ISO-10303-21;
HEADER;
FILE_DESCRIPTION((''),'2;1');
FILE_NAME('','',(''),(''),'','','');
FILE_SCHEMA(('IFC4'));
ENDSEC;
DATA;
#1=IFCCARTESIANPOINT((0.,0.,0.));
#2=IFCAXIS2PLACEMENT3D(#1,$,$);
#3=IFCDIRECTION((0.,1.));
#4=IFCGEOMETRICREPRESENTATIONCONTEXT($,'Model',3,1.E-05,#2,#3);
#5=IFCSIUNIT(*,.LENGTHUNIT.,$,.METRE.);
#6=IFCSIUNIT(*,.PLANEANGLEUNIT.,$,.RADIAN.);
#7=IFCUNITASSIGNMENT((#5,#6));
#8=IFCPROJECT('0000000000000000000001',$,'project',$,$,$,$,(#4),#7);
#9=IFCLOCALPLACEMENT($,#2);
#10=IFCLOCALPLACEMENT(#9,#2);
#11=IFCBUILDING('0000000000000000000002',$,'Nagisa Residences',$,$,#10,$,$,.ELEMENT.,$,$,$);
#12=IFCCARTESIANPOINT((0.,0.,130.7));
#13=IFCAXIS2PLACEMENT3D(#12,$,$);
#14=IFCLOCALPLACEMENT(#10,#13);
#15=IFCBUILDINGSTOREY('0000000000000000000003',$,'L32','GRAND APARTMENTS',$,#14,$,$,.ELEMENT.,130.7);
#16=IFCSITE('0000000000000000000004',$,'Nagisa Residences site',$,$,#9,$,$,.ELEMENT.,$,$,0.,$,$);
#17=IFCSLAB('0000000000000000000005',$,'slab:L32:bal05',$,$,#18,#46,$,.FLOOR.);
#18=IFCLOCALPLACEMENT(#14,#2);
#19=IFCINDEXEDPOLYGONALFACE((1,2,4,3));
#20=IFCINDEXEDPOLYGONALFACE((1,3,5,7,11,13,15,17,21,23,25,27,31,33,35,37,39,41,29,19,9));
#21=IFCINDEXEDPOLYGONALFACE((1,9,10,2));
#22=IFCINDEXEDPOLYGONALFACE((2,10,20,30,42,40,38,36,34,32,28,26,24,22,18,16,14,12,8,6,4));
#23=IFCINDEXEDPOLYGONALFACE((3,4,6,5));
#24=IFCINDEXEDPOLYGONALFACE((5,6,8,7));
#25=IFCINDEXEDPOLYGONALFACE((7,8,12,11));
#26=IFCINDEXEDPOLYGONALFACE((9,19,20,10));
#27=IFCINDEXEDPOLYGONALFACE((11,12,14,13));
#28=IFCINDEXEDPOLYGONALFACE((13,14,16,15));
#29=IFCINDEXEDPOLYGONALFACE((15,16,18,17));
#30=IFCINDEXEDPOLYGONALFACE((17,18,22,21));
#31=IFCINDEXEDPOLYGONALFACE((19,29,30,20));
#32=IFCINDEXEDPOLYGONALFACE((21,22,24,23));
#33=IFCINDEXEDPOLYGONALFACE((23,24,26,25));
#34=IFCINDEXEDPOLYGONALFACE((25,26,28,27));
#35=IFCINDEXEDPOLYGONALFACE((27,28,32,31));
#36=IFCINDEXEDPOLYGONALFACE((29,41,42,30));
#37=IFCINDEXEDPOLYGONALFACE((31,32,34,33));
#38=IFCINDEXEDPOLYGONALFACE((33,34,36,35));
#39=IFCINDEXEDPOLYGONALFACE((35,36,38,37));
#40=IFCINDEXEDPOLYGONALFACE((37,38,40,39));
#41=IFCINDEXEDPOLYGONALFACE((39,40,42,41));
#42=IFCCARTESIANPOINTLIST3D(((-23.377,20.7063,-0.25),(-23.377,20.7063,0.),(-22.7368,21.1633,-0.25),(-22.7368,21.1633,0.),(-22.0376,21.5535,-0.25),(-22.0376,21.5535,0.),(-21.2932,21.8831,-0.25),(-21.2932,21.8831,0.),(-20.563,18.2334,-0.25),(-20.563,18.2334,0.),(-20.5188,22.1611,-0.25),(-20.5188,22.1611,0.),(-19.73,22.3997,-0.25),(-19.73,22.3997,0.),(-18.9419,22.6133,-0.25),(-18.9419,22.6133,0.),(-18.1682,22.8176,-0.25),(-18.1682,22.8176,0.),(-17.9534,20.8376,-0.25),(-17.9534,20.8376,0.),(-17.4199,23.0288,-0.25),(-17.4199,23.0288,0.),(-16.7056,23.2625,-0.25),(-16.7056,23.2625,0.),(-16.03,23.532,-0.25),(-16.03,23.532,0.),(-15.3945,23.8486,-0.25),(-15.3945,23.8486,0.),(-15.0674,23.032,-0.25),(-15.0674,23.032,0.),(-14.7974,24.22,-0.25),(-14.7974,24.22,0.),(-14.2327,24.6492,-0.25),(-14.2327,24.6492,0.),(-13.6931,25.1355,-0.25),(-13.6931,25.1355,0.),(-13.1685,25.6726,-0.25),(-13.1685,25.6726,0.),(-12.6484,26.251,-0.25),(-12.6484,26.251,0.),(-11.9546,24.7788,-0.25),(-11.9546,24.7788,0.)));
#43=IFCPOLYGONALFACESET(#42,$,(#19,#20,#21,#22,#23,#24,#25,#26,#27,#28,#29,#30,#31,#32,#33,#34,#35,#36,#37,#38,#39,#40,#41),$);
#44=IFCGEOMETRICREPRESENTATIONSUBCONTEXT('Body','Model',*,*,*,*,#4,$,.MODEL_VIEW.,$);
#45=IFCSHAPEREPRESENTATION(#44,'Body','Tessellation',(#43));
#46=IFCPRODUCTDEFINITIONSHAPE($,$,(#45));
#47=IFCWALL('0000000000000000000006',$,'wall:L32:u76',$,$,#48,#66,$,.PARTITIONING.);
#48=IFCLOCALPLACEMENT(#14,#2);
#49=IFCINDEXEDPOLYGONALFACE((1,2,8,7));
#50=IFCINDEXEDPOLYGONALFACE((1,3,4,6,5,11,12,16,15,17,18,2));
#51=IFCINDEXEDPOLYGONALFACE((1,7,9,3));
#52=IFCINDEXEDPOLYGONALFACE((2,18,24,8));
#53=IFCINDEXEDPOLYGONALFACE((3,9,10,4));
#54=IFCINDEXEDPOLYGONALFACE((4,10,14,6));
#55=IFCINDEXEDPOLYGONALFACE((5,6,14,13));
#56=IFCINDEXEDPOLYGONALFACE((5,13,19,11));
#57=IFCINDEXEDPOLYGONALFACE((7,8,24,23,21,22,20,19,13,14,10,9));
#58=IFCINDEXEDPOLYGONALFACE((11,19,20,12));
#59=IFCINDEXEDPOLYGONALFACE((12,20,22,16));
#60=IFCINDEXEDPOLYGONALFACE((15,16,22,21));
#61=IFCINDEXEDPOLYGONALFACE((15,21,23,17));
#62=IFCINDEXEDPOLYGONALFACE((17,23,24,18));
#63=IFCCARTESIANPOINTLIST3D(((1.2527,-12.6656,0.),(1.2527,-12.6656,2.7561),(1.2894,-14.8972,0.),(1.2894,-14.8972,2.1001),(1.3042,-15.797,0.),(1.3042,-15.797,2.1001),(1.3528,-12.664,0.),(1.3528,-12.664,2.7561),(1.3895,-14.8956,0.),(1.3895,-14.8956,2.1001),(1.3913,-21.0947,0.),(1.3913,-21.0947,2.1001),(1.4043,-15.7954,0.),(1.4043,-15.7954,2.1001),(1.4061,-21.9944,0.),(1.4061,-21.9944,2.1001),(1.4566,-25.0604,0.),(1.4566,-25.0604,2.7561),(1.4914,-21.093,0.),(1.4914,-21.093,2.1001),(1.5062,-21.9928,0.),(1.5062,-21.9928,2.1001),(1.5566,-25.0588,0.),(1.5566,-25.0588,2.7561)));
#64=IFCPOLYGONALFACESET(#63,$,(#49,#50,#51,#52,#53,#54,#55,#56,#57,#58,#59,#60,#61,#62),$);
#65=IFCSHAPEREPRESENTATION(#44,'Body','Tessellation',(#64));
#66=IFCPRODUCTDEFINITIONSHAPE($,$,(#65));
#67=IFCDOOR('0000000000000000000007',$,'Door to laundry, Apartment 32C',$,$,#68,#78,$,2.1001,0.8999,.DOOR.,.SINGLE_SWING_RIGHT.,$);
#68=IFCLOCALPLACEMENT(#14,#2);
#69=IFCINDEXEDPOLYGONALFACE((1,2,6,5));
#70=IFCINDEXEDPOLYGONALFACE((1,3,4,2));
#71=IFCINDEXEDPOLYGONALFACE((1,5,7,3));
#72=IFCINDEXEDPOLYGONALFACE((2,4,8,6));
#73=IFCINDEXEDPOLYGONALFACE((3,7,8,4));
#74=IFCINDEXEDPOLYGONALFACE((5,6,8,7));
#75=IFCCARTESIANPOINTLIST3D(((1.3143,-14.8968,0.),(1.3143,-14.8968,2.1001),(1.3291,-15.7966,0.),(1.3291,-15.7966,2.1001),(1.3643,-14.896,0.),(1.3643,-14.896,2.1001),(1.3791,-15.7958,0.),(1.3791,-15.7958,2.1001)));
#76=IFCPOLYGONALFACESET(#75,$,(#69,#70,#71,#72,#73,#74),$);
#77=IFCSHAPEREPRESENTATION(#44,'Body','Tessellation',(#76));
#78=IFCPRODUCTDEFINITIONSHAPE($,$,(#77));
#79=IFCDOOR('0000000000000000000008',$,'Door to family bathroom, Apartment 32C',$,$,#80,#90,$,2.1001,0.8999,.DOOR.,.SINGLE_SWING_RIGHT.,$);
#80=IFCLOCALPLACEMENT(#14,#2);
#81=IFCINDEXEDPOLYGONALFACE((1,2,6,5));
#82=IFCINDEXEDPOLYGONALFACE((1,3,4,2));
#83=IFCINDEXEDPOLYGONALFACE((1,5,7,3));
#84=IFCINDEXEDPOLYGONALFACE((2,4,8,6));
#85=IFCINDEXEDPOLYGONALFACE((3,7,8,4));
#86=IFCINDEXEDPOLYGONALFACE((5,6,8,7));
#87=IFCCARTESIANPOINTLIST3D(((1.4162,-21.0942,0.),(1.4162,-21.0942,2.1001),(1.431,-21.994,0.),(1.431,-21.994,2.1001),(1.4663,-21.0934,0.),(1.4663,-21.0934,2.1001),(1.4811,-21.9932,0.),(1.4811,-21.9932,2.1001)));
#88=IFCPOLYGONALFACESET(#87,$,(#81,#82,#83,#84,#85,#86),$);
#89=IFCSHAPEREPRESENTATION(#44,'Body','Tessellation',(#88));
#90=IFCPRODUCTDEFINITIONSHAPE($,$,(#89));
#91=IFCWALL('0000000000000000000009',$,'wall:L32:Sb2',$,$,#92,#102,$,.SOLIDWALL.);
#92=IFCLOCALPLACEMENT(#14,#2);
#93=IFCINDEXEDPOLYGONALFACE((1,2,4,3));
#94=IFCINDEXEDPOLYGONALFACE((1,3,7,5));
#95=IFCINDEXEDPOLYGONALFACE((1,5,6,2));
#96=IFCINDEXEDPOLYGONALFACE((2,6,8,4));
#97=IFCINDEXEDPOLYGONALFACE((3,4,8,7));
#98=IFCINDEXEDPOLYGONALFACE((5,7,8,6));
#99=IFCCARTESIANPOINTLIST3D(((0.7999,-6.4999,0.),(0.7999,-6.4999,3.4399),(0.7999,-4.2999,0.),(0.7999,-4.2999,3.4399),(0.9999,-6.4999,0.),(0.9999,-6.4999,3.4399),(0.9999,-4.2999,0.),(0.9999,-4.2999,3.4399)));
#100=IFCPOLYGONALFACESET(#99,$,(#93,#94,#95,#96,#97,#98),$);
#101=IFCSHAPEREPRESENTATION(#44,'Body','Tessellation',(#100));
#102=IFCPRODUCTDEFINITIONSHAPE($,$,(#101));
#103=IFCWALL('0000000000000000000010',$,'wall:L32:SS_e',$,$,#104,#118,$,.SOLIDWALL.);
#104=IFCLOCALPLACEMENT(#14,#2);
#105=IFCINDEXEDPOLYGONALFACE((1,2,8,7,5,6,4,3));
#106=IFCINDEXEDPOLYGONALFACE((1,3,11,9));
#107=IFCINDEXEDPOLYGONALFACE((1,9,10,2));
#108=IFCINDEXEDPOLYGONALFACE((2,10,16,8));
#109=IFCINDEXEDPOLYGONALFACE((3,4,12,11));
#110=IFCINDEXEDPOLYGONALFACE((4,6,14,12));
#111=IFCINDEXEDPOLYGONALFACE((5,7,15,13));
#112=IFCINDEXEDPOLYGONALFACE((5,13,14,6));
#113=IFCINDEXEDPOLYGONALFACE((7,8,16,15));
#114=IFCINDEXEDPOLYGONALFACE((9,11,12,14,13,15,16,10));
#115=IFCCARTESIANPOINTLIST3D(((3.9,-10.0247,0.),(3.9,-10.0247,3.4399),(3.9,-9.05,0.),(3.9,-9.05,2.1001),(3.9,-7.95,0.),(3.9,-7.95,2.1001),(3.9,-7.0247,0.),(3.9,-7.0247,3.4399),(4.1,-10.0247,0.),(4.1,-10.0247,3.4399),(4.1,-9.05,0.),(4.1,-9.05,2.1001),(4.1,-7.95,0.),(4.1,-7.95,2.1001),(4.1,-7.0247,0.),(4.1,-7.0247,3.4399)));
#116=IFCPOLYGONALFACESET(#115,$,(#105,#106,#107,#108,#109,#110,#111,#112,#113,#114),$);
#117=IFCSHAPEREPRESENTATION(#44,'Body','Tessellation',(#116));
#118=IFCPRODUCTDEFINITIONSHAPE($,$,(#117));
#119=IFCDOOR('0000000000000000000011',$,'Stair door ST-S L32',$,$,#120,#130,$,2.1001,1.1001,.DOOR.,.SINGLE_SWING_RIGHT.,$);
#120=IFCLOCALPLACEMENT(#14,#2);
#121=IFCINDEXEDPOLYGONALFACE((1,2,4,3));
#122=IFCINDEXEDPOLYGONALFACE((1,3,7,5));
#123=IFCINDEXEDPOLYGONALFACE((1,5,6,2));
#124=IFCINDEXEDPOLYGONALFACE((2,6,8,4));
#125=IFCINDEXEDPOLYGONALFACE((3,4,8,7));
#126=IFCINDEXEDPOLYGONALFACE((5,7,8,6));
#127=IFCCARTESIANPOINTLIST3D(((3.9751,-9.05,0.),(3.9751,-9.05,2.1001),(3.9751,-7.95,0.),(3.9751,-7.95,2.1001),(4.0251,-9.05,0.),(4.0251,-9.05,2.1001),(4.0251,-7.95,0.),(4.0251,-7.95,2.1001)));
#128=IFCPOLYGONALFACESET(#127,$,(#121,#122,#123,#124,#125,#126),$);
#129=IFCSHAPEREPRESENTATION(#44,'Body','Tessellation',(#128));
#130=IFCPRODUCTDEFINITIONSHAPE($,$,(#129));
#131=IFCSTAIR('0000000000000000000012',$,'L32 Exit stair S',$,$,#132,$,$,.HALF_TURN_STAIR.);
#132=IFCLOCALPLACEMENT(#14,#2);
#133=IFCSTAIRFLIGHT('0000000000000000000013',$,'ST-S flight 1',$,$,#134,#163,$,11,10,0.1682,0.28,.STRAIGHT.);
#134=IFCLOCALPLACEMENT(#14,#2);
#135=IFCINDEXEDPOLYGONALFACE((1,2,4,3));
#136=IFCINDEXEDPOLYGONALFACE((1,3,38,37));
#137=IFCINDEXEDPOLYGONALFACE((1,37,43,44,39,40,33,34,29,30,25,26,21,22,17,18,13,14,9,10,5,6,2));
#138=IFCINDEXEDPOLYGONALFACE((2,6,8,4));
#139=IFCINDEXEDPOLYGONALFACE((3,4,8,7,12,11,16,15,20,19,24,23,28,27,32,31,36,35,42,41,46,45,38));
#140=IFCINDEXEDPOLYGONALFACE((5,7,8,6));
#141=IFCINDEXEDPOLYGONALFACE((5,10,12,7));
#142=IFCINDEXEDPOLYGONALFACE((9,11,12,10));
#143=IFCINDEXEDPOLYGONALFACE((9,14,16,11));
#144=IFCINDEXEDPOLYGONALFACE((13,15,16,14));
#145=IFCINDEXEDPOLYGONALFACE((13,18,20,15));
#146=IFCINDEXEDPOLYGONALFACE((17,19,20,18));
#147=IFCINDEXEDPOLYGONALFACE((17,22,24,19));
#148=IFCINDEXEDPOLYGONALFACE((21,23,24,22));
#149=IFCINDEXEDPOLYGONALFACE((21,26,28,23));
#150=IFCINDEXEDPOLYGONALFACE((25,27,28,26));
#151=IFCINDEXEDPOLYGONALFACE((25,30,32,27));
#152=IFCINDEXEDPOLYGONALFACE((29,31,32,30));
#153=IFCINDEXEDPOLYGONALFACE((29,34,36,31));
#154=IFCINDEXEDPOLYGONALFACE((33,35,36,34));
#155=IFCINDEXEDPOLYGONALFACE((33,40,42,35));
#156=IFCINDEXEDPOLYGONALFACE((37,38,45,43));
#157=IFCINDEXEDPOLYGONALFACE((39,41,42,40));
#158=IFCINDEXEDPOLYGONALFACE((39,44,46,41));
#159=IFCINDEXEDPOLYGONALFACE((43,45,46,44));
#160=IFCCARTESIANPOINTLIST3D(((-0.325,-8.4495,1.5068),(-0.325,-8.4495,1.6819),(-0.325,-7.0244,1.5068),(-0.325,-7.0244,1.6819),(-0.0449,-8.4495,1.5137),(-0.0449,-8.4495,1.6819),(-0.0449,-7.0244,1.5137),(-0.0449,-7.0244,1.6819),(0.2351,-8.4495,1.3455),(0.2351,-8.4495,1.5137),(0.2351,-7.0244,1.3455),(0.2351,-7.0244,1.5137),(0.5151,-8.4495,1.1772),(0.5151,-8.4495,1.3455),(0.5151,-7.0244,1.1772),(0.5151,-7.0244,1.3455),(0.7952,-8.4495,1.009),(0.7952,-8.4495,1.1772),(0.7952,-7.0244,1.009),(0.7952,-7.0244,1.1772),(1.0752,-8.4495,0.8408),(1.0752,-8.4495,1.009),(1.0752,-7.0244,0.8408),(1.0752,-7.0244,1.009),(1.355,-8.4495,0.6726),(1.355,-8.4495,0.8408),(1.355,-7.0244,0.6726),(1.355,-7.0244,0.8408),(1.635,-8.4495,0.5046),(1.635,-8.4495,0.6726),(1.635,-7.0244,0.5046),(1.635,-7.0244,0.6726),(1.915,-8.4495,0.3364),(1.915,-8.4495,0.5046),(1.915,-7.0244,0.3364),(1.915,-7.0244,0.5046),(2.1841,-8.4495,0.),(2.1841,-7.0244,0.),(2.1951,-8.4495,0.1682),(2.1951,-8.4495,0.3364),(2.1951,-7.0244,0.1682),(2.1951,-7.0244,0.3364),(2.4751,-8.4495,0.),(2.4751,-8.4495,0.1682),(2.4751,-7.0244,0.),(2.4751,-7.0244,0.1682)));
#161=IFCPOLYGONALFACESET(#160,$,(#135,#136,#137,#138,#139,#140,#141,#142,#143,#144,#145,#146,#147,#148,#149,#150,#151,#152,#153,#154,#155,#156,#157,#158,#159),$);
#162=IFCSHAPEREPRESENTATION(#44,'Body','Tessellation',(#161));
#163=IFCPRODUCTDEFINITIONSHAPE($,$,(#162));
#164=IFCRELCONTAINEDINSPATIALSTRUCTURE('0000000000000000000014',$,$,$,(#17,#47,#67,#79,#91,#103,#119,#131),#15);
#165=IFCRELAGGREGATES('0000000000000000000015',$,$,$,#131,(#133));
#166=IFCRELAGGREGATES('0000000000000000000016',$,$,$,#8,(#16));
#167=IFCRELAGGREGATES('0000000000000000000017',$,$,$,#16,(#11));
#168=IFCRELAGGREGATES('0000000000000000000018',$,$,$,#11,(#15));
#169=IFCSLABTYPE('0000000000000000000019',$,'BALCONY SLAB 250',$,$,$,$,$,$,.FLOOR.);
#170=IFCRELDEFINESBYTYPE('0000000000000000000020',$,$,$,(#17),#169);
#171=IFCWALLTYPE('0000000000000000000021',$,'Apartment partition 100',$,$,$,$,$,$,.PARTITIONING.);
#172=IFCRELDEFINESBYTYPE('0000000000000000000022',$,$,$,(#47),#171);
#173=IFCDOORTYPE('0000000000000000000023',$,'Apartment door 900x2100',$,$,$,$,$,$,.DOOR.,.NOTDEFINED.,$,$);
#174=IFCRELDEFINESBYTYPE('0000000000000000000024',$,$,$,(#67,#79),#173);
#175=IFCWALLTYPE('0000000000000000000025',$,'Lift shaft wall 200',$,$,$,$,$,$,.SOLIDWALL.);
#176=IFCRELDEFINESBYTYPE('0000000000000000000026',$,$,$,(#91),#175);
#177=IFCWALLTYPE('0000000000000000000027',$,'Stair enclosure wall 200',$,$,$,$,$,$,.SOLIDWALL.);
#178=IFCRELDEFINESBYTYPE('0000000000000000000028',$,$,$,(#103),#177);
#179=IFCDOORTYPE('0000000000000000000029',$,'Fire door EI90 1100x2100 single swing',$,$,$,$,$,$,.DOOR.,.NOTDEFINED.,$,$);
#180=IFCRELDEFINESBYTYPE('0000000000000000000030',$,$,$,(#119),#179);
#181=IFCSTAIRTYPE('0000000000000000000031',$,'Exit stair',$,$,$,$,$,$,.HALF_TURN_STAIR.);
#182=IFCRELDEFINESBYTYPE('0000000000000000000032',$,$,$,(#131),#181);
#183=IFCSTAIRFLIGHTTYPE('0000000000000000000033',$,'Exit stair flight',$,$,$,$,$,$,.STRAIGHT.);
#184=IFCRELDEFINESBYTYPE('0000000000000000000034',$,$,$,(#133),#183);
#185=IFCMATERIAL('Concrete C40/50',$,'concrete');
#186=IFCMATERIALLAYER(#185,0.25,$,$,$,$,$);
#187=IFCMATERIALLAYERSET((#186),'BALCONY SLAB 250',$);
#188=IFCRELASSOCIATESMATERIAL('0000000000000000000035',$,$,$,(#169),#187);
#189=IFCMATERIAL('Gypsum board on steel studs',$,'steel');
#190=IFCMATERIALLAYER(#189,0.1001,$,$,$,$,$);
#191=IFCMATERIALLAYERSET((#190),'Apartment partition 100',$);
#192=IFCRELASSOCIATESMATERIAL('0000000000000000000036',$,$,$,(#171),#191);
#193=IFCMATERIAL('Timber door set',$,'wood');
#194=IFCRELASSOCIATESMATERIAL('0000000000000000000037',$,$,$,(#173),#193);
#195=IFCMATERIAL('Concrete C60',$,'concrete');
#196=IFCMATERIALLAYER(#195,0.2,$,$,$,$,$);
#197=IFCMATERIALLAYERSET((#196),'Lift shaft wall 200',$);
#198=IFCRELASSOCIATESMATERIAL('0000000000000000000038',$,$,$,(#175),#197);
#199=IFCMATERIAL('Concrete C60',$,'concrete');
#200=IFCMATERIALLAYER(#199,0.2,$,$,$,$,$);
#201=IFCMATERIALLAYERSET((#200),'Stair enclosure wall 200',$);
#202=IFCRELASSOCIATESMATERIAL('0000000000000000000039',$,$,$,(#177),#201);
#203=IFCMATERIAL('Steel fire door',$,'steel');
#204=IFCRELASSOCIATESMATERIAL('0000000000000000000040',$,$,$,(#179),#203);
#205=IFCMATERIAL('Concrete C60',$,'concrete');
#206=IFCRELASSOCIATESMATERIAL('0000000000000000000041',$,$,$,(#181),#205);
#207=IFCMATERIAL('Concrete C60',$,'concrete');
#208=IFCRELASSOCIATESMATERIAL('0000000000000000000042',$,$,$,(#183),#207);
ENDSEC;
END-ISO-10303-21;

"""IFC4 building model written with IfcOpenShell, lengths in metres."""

from ifc_helpers import new_model, si_unit, direction, frame, frame_2d, origin, place, context, subcontext, project, spatial, polyline, rectangle, outline, extrude, material, layer, layer_set, type_object, element, fill, aggregate, save


model = new_model("IFC4")

# Units and contexts
model_context = context("Model", 3, precision=1e-05, world=origin(), true_north=direction((0.0, 1.0)))
body_context = subcontext(model_context, "Body", "Model", "MODEL_VIEW")
ifc_project = project(units=[si_unit("LENGTHUNIT", "METRE"), si_unit("PLANEANGLEUNIT", "RADIAN")], contexts=[model_context])

# Site, building, storey
site_placement = place(None, origin())
site = spatial("IfcSite", under=ifc_project, at=site_placement, Name="Nagisa Residences site", CompositionType="ELEMENT", RefElevation=0.0)
building_placement = place(site_placement, origin())
building = spatial("IfcBuilding", under=site, at=building_placement, Name="Nagisa Residences", CompositionType="ELEMENT")
storey_placement = place(building_placement, frame((0.0, 0.0, 130.7)))
storey = spatial("IfcBuildingStorey", under=building, at=storey_placement, Name="L32", Description="GRAND APARTMENTS", CompositionType="ELEMENT", Elevation=130.7)

# Slab
ifc_material_1 = material(Name="Concrete C40/50", Category="concrete")
ifc_layer_1 = layer(ifc_material_1, 0.25)
ifc_layer_set_1 = layer_set([ifc_layer_1], Name="BALCONY SLAB 250")
slab_type = type_object("IfcSlabType", Name="BALCONY SLAB 250", PredefinedType="FLOOR", material=ifc_layer_set_1)
slab_1_placement = place(storey_placement, frame((0.0, 0.0, -0.25)))
element("IfcSlab", 1, at=slab_1_placement, inside=storey, type_object=slab_type, Name="slab:L32:bal05", PredefinedType="FLOOR", context=body_context, shape_type="SweptSolid", body=[
    extrude(outline(polyline([(-12.6484, 26.251), (-13.1685, 25.6726), (-13.6931, 25.1355), (-14.2327, 24.6492), (-14.7974, 24.22), (-15.3945, 23.8486), (-16.03, 23.532), (-16.7056, 23.2625), (-17.4199, 23.0288), (-18.1682, 22.8176), (-18.9419, 22.6133), (-19.73, 22.3997), (-20.5188, 22.1611), (-21.2932, 21.8831), (-22.0376, 21.5535), (-22.7368, 21.1633), (-23.377, 20.7063), (-20.563, 18.2334), (-17.9534, 20.8376), (-15.0674, 23.032), (-11.9546, 24.7788), (-12.6484, 26.251)])), origin(), (0.0, 0.0, 1.0), 0.25),
])

# Wall, openings, doors
ifc_material_2 = material(Name="Gypsum board on steel studs", Category="steel")
ifc_layer_2 = layer(ifc_material_2, 0.1001)
ifc_layer_set_2 = layer_set([ifc_layer_2], Name="Apartment partition 100")
wall_type_1 = type_object("IfcWallType", Name="Apartment partition 100", PredefinedType="PARTITIONING", material=ifc_layer_set_2)
wall_1_placement = place(storey_placement, frame((1.3027, -12.6648, 0.0), z_axis=(0.0, 0.0, 1.0), x_axis=(0.016445, -0.999865, 0.0)))
wall_1 = element("IfcWall", 2, at=wall_1_placement, inside=storey, type_object=wall_type_1, Name="wall:L32:u76", PredefinedType="PARTITIONING", context=body_context, shape_type="SweptSolid", body=[
    extrude(rectangle(XDim=12.3965, YDim=0.1001, at=frame_2d((6.1982, 0.0))), origin(), (0.0, 0.0, 1.0), 2.7561),
])
opening_1_placement = place(wall_1_placement, frame((2.2319, 0.0, 0.0)))
opening_1 = element("IfcOpeningElement", 3, at=opening_1_placement, cuts=wall_1, PredefinedType="OPENING", context=body_context, shape_type="SweptSolid", body=[
    extrude(rectangle(XDim=0.8999, YDim=2.1001, at=frame_2d((0.45, 1.05))), frame((0.0, 0.0601, 0.0), z_axis=(0.0, -1.0, 0.0), x_axis=(1.0, 0.0, 0.0)), (0.0, 0.0, 1.0), 0.1201),
])
opening_2_placement = place(wall_1_placement, frame((8.4302, 0.0, 0.0)))
opening_2 = element("IfcOpeningElement", 4, at=opening_2_placement, cuts=wall_1, PredefinedType="OPENING", context=body_context, shape_type="SweptSolid", body=[
    extrude(rectangle(XDim=0.8999, YDim=2.1001, at=frame_2d((0.45, 1.05))), frame((0.0, 0.0601, 0.0), z_axis=(0.0, -1.0, 0.0), x_axis=(1.0, 0.0, 0.0)), (0.0, 0.0, 1.0), 0.1201),
])
ifc_material_3 = material(Name="Timber door set", Category="wood")
door_type_1 = type_object("IfcDoorType", Name="Apartment door 900x2100", OperationType="NOTDEFINED", PredefinedType="DOOR", material=ifc_material_3)
door_1_placement = place(opening_1_placement, origin())
door_1 = element("IfcDoor", 5, at=door_1_placement, inside=storey, type_object=door_type_1, Name="Door to laundry, Apartment 32C", OperationType="SINGLE_SWING_RIGHT", OverallHeight=2.1001, OverallWidth=0.8999, PredefinedType="DOOR", context=body_context, shape_type="SweptSolid", body=[
    extrude(rectangle(XDim=0.8999, YDim=2.1001, at=frame_2d((0.45, 1.05))), frame((0.0, 0.0249, 0.0), z_axis=(0.0, -1.0, 0.0), x_axis=(1.0, 0.0, 0.0)), (0.0, 0.0, 1.0), 0.05),
])
fill(opening_1, door_1)
door_2_placement = place(opening_2_placement, origin())
door_2 = element("IfcDoor", 6, at=door_2_placement, inside=storey, type_object=door_type_1, Name="Door to family bathroom, Apartment 32C", OperationType="SINGLE_SWING_RIGHT", OverallHeight=2.1001, OverallWidth=0.8999, PredefinedType="DOOR", context=body_context, shape_type="SweptSolid", body=[
    extrude(rectangle(XDim=0.8999, YDim=2.1001, at=frame_2d((0.45, 1.05))), frame((0.0, 0.0249, 0.0), z_axis=(0.0, -1.0, 0.0), x_axis=(1.0, 0.0, 0.0)), (0.0, 0.0, 1.0), 0.05),
])
fill(opening_2, door_2)

# Wall
ifc_material_4 = material(Name="Concrete C60", Category="concrete")
ifc_layer_3 = layer(ifc_material_4, 0.2)
ifc_layer_set_3 = layer_set([ifc_layer_3], Name="Lift shaft wall 200")
wall_type_2 = type_object("IfcWallType", Name="Lift shaft wall 200", PredefinedType="SOLIDWALL", material=ifc_layer_set_3)
wall_2_placement = place(storey_placement, frame((0.8999, -6.5, 0.0), z_axis=(0.0, 0.0, 1.0), x_axis=(0.0, 1.0, 0.0)))
element("IfcWall", 7, at=wall_2_placement, inside=storey, type_object=wall_type_2, Name="wall:L32:Sb2", PredefinedType="SOLIDWALL", context=body_context, shape_type="SweptSolid", body=[
    extrude(rectangle(XDim=2.2, YDim=0.2, at=frame_2d((1.1001, 0.0))), origin(), (0.0, 0.0, 1.0), 3.4399),
])

# Wall, opening, door
ifc_material_5 = material(Name="Concrete C60", Category="concrete")
ifc_layer_4 = layer(ifc_material_5, 0.2)
ifc_layer_set_4 = layer_set([ifc_layer_4], Name="Stair enclosure wall 200")
wall_type_3 = type_object("IfcWallType", Name="Stair enclosure wall 200", PredefinedType="SOLIDWALL", material=ifc_layer_set_4)
wall_3_placement = place(storey_placement, frame((4.0, -10.0247, 0.0), z_axis=(0.0, 0.0, 1.0), x_axis=(0.0, 1.0, 0.0)))
wall_3 = element("IfcWall", 8, at=wall_3_placement, inside=storey, type_object=wall_type_3, Name="wall:L32:SS_e", PredefinedType="SOLIDWALL", context=body_context, shape_type="SweptSolid", body=[
    extrude(rectangle(XDim=3.0, YDim=0.2, at=frame_2d((1.5, 0.0))), origin(), (0.0, 0.0, 1.0), 3.4399),
])
opening_3_placement = place(wall_3_placement, frame((0.9746, 0.0, 0.0)))
opening_3 = element("IfcOpeningElement", 9, at=opening_3_placement, cuts=wall_3, PredefinedType="OPENING", context=body_context, shape_type="SweptSolid", body=[
    extrude(rectangle(XDim=1.1001, YDim=2.1001, at=frame_2d((0.55, 1.05))), frame((0.0, 0.1099, 0.0), z_axis=(0.0, -1.0, 0.0), x_axis=(1.0, 0.0, 0.0)), (0.0, 0.0, 1.0), 0.22),
])
ifc_material_6 = material(Name="Steel fire door", Category="steel")
door_type_2 = type_object("IfcDoorType", Name="Fire door EI90 1100x2100 single swing", OperationType="NOTDEFINED", PredefinedType="DOOR", material=ifc_material_6)
door_3_placement = place(opening_3_placement, origin())
door_3 = element("IfcDoor", 10, at=door_3_placement, inside=storey, type_object=door_type_2, Name="Stair door ST-S L32", OperationType="SINGLE_SWING_RIGHT", OverallHeight=2.1001, OverallWidth=1.1001, PredefinedType="DOOR", context=body_context, shape_type="SweptSolid", body=[
    extrude(rectangle(XDim=1.1001, YDim=2.1001, at=frame_2d((0.55, 1.05))), frame((0.0, 0.0249, 0.0), z_axis=(0.0, -1.0, 0.0), x_axis=(1.0, 0.0, 0.0)), (0.0, 0.0, 1.0), 0.05),
])
fill(opening_3, door_3)

# Stair, stair flight
ifc_material_7 = material(Name="Concrete C60", Category="concrete")
stair_type = type_object("IfcStairType", Name="Exit stair", PredefinedType="HALF_TURN_STAIR", material=ifc_material_7)
stair_placement = place(storey_placement, origin())
stair = element("IfcStair", 11, at=stair_placement, inside=storey, type_object=stair_type, Name="L32 Exit stair S", PredefinedType="HALF_TURN_STAIR")
ifc_material_8 = material(Name="Concrete C60", Category="concrete")
stair_flight_type = type_object("IfcStairFlightType", Name="Exit stair flight", PredefinedType="STRAIGHT", material=ifc_material_8)
stair_flight_placement = place(storey_placement, frame((2.4751, -7.7371, 0.0), z_axis=(0.0, 0.0, 1.0), x_axis=(-1.0, 0.0, 0.0)))
stair_flight = element("IfcStairFlight", 12, at=stair_flight_placement, type_object=stair_flight_type, Name="ST-S flight 1", NumberOfRisers=11, NumberOfTreads=10, PredefinedType="STRAIGHT", RiserHeight=0.1682, TreadLength=0.28, context=body_context, shape_type="SweptSolid", body=[
    extrude(outline(polyline([(0.0, 0.0), (0.0, 0.1682), (0.28, 0.1682), (0.28, 0.3364), (0.5601, 0.3364), (0.5601, 0.5046), (0.8401, 0.5046), (0.8401, 0.6726), (1.1201, 0.6726), (1.1201, 0.8408), (1.3999, 0.8408), (1.3999, 1.009), (1.6799, 1.009), (1.6799, 1.1772), (1.96, 1.1772), (1.96, 1.3455), (2.24, 1.3455), (2.24, 1.5137), (2.52, 1.5137), (2.52, 1.6819), (2.8, 1.6819), (2.8, 1.8501), (2.8, 1.5068), (0.291, 0.0), (0.0, 0.0)])), frame((0.0, 0.7124, 0.0), z_axis=(0.0, -1.0, 0.0), x_axis=(1.0, 0.0, 0.0)), (0.0, 0.0, 1.0), 1.425),
])
aggregate(stair, [stair_flight])

save(model, "model.ifc")
